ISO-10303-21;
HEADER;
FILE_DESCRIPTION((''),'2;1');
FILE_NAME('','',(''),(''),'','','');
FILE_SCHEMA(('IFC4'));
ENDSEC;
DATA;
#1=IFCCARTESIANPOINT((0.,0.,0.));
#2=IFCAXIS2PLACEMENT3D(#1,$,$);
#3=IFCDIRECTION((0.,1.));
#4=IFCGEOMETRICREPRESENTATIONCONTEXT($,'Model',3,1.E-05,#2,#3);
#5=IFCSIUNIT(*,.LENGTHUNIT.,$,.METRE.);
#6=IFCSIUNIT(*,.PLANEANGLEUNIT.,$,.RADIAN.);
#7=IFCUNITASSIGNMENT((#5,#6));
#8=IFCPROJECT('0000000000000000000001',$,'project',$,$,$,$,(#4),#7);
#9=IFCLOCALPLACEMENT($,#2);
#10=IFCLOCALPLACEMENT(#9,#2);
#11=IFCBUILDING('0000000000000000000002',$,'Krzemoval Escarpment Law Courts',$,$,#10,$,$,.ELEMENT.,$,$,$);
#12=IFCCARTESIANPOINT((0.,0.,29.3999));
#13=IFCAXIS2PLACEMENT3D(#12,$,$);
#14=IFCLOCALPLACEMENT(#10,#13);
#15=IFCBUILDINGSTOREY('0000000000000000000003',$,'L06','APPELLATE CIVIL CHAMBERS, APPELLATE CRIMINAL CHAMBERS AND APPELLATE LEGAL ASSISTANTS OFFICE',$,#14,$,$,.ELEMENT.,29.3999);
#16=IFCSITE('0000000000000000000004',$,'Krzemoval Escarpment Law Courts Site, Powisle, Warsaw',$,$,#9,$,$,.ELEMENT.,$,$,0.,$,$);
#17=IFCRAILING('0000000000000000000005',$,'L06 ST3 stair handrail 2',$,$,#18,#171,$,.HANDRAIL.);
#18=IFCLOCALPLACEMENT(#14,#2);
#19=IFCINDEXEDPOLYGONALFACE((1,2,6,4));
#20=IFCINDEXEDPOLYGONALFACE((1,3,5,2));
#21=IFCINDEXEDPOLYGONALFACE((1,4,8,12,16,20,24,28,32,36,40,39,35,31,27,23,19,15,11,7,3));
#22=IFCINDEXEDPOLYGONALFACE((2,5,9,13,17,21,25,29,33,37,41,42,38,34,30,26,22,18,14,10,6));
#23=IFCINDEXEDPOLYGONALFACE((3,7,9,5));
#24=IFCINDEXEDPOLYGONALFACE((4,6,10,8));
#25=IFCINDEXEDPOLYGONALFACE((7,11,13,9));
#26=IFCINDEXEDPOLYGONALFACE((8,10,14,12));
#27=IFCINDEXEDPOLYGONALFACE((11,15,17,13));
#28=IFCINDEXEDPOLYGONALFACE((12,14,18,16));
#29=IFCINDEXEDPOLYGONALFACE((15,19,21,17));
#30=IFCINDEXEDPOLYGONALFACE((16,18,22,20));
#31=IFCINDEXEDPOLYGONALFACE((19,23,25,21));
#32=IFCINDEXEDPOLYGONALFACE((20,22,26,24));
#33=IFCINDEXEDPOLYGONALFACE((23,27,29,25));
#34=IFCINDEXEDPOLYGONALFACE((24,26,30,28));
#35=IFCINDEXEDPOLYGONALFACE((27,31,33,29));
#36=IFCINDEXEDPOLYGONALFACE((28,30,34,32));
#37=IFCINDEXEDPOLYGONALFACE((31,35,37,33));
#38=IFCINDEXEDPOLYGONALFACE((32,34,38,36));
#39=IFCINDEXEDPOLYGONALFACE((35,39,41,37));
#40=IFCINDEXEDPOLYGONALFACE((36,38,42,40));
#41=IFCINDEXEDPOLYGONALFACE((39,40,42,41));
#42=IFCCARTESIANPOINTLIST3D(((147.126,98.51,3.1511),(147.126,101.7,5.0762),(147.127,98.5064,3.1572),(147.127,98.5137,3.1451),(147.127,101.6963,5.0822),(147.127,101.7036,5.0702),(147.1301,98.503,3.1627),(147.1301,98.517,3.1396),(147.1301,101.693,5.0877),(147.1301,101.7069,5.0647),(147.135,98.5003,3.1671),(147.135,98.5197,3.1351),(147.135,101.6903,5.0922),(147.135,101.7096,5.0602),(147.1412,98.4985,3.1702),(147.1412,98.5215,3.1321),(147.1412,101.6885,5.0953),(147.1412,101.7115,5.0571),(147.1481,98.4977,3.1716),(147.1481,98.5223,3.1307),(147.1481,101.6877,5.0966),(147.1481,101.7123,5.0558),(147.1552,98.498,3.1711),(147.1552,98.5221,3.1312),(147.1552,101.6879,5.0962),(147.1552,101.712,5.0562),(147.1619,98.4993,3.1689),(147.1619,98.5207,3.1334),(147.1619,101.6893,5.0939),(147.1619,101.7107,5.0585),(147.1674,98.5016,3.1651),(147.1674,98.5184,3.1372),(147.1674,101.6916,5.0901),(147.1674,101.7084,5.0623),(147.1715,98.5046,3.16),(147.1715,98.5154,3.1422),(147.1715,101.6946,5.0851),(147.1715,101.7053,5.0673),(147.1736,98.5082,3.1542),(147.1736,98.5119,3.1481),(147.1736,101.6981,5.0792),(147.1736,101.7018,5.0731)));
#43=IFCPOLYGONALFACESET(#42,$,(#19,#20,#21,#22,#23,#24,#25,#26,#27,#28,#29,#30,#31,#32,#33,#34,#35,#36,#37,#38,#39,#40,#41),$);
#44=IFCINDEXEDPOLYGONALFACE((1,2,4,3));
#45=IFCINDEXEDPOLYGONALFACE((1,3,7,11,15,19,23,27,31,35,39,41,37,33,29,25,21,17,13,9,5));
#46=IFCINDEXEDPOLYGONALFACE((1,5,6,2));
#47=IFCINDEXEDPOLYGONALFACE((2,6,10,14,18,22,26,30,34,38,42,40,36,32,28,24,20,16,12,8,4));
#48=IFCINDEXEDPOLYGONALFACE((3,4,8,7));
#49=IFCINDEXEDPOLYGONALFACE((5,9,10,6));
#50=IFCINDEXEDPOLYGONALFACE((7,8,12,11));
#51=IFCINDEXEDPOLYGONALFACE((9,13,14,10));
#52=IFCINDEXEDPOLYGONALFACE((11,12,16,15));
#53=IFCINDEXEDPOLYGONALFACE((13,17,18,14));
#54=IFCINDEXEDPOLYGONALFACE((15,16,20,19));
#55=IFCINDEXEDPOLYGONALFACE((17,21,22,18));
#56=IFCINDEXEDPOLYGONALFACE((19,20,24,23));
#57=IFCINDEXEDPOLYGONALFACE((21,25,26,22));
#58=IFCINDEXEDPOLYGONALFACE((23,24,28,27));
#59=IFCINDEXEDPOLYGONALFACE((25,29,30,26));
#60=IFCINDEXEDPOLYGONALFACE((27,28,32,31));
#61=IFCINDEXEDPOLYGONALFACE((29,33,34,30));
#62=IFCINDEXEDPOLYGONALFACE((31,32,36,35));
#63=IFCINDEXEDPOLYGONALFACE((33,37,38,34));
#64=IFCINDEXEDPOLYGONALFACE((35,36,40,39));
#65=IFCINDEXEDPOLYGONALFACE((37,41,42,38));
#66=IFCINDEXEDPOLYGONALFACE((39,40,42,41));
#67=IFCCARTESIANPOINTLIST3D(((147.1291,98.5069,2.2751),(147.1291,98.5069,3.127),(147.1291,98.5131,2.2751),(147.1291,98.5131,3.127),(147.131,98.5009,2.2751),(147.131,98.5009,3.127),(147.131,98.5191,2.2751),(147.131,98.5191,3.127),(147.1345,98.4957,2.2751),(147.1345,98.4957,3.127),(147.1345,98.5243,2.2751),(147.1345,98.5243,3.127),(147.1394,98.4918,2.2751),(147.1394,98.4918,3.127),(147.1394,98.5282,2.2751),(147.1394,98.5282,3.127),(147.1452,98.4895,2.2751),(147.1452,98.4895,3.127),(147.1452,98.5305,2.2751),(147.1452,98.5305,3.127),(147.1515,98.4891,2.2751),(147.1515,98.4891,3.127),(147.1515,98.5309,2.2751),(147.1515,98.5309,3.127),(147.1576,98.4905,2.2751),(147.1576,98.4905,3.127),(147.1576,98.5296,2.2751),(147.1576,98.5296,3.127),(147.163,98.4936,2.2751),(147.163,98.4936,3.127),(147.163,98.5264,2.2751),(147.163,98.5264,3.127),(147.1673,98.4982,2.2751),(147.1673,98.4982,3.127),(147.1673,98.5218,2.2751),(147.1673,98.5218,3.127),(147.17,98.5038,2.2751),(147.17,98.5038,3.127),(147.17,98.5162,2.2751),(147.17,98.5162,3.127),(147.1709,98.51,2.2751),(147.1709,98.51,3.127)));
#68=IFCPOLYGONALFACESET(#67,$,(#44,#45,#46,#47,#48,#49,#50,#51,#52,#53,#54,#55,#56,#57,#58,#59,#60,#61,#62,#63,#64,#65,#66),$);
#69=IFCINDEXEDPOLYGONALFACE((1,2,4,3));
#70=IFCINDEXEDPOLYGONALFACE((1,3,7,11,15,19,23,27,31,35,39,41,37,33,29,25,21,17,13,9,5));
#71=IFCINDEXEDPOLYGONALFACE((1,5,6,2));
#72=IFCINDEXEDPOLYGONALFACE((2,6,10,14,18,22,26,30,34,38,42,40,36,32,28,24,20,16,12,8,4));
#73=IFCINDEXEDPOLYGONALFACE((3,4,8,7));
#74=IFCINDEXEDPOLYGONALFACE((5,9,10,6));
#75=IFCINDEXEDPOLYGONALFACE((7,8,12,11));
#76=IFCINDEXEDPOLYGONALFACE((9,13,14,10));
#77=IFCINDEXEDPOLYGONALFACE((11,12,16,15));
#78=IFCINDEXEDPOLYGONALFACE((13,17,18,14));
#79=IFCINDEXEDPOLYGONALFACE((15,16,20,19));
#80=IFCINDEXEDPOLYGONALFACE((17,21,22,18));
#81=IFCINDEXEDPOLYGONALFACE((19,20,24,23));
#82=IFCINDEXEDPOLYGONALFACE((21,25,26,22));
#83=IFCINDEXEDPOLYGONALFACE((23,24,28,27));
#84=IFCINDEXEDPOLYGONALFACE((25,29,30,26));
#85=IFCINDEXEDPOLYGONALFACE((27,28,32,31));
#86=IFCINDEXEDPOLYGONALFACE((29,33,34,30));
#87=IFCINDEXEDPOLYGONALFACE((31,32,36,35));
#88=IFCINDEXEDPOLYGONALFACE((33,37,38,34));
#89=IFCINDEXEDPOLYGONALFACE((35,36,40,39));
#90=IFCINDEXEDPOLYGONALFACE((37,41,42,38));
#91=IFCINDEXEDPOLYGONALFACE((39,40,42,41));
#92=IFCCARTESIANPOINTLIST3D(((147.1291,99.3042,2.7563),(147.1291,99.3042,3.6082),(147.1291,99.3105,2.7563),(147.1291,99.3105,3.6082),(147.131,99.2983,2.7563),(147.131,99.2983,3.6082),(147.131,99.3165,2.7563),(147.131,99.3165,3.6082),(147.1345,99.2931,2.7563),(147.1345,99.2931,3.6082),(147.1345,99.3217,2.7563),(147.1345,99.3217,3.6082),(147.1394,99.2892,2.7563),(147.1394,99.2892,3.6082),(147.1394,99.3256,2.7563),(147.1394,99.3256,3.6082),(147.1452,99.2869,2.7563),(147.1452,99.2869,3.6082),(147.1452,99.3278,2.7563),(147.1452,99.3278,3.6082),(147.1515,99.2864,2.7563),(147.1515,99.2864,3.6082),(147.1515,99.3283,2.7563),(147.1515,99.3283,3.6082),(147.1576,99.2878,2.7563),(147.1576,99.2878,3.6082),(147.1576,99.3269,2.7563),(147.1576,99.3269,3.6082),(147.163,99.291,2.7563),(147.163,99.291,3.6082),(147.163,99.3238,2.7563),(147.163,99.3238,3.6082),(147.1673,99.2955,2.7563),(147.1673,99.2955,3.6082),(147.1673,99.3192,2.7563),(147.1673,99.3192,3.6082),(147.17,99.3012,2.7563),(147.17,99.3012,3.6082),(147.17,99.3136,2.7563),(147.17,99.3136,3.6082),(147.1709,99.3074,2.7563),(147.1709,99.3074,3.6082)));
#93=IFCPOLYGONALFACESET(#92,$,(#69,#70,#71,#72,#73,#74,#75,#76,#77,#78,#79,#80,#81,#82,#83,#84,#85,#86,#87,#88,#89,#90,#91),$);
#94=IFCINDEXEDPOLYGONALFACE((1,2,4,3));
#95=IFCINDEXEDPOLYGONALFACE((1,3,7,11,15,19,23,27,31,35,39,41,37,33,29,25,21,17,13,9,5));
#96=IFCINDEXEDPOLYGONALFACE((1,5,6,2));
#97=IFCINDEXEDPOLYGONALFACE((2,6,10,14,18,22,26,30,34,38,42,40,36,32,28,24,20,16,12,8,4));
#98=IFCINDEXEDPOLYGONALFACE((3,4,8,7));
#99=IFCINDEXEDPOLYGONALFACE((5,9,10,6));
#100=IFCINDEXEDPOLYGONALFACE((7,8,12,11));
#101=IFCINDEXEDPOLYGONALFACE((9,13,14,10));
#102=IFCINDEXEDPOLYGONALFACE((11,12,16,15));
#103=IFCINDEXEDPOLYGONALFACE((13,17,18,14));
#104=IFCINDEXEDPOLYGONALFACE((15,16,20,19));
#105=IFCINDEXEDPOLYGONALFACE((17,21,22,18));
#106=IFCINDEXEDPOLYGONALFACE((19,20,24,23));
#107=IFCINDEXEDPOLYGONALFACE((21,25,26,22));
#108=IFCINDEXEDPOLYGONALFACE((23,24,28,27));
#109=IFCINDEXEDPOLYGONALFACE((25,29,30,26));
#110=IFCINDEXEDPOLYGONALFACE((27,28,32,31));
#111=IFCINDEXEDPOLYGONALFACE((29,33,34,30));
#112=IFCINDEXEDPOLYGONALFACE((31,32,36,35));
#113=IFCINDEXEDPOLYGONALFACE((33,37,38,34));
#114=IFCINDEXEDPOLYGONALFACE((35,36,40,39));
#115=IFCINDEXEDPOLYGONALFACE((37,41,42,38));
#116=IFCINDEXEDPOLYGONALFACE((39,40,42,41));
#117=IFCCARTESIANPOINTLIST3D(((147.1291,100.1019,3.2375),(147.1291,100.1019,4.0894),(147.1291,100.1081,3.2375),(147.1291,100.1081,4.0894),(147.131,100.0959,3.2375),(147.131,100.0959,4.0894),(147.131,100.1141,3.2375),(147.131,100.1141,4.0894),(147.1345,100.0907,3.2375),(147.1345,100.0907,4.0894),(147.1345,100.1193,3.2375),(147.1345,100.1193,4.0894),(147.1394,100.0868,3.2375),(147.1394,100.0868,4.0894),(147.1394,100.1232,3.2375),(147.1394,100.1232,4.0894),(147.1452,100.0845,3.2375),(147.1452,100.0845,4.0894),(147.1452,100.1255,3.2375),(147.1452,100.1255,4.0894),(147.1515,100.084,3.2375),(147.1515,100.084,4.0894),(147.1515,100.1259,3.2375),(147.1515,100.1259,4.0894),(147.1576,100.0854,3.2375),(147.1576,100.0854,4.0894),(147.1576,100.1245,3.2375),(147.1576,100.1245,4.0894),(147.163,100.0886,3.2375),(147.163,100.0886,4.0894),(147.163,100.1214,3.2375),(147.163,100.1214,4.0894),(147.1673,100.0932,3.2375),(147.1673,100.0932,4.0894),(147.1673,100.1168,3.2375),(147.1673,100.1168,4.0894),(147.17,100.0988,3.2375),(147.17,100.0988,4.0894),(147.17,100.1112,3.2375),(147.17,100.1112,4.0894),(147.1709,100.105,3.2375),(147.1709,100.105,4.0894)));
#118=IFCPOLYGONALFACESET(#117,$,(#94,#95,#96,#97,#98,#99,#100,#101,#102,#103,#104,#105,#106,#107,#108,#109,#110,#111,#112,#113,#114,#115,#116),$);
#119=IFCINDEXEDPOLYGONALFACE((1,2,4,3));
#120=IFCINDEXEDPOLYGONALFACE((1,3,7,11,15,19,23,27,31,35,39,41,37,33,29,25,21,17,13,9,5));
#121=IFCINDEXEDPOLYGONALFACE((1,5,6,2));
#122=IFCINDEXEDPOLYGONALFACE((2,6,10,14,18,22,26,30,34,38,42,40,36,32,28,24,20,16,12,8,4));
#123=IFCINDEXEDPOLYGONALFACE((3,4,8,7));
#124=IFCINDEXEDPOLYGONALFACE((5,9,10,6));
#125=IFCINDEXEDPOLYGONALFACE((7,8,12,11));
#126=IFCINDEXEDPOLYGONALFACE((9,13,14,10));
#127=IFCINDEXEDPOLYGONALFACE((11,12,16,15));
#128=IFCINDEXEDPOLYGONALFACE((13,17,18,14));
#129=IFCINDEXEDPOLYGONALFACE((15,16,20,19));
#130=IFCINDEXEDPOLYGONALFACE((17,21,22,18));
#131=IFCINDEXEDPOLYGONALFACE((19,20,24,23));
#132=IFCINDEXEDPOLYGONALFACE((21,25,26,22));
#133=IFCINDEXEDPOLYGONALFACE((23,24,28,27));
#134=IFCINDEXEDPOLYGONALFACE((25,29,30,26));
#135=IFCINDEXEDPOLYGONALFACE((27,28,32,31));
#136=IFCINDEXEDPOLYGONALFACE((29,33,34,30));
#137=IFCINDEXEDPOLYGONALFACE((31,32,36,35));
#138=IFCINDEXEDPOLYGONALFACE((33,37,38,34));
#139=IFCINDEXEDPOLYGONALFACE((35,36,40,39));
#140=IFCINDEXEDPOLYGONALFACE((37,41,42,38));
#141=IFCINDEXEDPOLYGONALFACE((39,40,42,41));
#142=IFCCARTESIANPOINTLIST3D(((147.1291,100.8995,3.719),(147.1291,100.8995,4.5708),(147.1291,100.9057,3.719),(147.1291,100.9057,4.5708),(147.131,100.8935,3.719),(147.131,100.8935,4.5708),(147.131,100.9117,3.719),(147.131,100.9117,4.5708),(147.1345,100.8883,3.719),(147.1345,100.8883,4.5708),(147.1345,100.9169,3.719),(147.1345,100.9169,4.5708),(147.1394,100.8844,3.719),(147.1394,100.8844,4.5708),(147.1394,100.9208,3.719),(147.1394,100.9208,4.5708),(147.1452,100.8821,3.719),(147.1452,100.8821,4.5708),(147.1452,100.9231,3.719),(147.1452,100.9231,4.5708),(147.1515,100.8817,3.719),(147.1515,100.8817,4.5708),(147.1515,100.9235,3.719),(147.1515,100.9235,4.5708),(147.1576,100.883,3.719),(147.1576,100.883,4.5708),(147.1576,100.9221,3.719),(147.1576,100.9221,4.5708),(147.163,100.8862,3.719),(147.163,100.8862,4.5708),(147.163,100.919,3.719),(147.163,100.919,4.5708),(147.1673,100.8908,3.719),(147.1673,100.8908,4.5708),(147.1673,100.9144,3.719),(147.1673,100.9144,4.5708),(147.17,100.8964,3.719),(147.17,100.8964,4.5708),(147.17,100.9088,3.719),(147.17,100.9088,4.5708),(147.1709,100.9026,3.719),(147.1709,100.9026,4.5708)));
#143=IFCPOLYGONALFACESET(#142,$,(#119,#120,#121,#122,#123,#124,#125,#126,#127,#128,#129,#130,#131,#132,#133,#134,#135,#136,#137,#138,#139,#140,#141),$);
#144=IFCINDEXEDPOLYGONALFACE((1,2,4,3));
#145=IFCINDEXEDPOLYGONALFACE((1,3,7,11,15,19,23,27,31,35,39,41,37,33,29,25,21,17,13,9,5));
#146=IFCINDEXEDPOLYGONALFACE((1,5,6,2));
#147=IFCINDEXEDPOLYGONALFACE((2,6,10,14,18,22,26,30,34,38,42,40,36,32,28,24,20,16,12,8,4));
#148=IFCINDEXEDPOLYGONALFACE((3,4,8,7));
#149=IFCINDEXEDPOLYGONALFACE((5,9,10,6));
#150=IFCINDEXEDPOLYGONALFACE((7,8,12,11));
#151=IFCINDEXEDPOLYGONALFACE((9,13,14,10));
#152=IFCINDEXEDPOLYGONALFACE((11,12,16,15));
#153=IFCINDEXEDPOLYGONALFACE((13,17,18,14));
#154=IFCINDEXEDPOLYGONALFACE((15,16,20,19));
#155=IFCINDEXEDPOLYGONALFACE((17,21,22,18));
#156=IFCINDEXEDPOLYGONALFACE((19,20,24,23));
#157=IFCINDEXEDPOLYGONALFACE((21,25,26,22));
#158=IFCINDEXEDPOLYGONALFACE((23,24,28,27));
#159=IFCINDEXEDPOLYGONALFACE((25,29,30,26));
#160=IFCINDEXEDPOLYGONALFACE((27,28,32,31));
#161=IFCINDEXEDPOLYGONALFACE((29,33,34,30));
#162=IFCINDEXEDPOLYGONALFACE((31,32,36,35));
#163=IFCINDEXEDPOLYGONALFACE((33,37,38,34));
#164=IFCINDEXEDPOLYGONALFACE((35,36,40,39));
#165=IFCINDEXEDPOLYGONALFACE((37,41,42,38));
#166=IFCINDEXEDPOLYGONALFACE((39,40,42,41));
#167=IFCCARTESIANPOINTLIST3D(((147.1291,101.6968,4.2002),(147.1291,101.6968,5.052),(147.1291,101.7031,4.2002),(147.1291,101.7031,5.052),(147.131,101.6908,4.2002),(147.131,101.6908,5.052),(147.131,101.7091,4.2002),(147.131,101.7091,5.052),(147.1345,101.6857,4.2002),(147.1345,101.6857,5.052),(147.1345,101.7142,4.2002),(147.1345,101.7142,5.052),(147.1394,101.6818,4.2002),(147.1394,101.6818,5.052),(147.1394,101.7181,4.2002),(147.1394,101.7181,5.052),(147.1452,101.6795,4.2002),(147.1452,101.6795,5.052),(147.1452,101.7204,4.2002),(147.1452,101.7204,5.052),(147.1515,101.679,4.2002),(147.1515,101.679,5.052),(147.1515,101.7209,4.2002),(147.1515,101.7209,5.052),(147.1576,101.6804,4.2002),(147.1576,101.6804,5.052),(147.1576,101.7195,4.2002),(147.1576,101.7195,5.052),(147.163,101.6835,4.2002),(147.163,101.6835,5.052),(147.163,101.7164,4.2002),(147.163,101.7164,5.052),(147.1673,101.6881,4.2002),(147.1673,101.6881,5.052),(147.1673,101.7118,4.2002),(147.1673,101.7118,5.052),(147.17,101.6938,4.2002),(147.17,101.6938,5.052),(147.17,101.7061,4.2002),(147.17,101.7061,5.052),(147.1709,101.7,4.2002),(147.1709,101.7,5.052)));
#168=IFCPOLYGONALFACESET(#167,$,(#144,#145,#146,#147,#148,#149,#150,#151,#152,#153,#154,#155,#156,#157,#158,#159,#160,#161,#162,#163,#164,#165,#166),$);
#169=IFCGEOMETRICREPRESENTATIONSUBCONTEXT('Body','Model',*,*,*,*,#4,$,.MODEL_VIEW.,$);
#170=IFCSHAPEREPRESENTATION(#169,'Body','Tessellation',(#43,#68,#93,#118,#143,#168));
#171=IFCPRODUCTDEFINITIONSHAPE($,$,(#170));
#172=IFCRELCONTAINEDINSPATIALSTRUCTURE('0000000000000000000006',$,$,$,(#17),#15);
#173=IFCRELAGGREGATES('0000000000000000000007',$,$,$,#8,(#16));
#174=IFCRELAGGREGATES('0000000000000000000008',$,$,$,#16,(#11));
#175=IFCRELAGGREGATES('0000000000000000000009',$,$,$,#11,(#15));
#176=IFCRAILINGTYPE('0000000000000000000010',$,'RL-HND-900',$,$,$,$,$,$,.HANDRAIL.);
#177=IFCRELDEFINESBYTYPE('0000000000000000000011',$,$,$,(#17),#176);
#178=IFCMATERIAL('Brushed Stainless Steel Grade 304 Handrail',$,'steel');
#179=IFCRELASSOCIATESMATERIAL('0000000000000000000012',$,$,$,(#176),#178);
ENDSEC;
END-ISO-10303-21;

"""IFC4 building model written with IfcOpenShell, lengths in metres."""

from ifc_helpers import new_model, si_unit, direction, frame, origin, origin_2d, place, context, subcontext, project, spatial, circle, extrude, material, type_object, element, save


model = new_model("IFC4")

# Units and contexts
model_context = context("Model", 3, precision=1e-05, world=origin(), true_north=direction((0.0, 1.0)))
body_context = subcontext(model_context, "Body", "Model", "MODEL_VIEW")
ifc_project = project(units=[si_unit("LENGTHUNIT", "METRE"), si_unit("PLANEANGLEUNIT", "RADIAN")], contexts=[model_context])

# Site, building, storey
site_placement = place(None, origin())
site = spatial("IfcSite", under=ifc_project, at=site_placement, Name="Krzemoval Escarpment Law Courts Site, Powisle, Warsaw", CompositionType="ELEMENT", RefElevation=0.0)
building_placement = place(site_placement, origin())
building = spatial("IfcBuilding", under=site, at=building_placement, Name="Krzemoval Escarpment Law Courts", CompositionType="ELEMENT")
storey_placement = place(building_placement, frame((0.0, 0.0, 29.3999)))
storey = spatial("IfcBuildingStorey", under=building, at=storey_placement, Name="L06", Description="APPELLATE CIVIL CHAMBERS, APPELLATE CRIMINAL CHAMBERS AND APPELLATE LEGAL ASSISTANTS OFFICE", CompositionType="ELEMENT", Elevation=29.3999)

# Railing
ifc_material_1 = material(Name="Brushed Stainless Steel Grade 304 Handrail", Category="steel")
railing_type_1 = type_object("IfcRailingType", Name="RL-HND-900", PredefinedType="HANDRAIL", material=ifc_material_1)
for number, where, name in (
    (1, (147.1499, 98.51, 2.2751), "L06 ST3 stair handrail 2"),
):
    element("IfcRailing", number, at=place(storey_placement, frame(where)), inside=storey, type_object=railing_type_1, Name=name, PredefinedType="HANDRAIL", context=body_context, shape_type="SweptSolid", body=[
        extrude(circle(Radius=0.0239, at=origin_2d()), frame((0.0, 0.0, 0.876), z_axis=(0.0, 0.856178, 0.516682), x_axis=(-1.0, 0.0, 0.0)), (0.0, 0.0, 1.0), 3.7258),
        extrude(circle(Radius=0.021, at=origin_2d()), origin(), (0.0, 0.0, 1.0), 0.8518),
        extrude(circle(Radius=0.021, at=origin_2d()), frame((0.0, 0.7974, 0.4812)), (0.0, 0.0, 1.0), 0.8518),
        extrude(circle(Radius=0.021, at=origin_2d()), frame((0.0, 1.595, 0.9624)), (0.0, 0.0, 1.0), 0.8518),
        extrude(circle(Radius=0.021, at=origin_2d()), frame((0.0, 2.3926, 1.4438)), (0.0, 0.0, 1.0), 0.8518),
        extrude(circle(Radius=0.021, at=origin_2d()), frame((0.0, 3.1899, 1.925)), (0.0, 0.0, 1.0), 0.8518),
    ])

save(model, "model.ifc")
